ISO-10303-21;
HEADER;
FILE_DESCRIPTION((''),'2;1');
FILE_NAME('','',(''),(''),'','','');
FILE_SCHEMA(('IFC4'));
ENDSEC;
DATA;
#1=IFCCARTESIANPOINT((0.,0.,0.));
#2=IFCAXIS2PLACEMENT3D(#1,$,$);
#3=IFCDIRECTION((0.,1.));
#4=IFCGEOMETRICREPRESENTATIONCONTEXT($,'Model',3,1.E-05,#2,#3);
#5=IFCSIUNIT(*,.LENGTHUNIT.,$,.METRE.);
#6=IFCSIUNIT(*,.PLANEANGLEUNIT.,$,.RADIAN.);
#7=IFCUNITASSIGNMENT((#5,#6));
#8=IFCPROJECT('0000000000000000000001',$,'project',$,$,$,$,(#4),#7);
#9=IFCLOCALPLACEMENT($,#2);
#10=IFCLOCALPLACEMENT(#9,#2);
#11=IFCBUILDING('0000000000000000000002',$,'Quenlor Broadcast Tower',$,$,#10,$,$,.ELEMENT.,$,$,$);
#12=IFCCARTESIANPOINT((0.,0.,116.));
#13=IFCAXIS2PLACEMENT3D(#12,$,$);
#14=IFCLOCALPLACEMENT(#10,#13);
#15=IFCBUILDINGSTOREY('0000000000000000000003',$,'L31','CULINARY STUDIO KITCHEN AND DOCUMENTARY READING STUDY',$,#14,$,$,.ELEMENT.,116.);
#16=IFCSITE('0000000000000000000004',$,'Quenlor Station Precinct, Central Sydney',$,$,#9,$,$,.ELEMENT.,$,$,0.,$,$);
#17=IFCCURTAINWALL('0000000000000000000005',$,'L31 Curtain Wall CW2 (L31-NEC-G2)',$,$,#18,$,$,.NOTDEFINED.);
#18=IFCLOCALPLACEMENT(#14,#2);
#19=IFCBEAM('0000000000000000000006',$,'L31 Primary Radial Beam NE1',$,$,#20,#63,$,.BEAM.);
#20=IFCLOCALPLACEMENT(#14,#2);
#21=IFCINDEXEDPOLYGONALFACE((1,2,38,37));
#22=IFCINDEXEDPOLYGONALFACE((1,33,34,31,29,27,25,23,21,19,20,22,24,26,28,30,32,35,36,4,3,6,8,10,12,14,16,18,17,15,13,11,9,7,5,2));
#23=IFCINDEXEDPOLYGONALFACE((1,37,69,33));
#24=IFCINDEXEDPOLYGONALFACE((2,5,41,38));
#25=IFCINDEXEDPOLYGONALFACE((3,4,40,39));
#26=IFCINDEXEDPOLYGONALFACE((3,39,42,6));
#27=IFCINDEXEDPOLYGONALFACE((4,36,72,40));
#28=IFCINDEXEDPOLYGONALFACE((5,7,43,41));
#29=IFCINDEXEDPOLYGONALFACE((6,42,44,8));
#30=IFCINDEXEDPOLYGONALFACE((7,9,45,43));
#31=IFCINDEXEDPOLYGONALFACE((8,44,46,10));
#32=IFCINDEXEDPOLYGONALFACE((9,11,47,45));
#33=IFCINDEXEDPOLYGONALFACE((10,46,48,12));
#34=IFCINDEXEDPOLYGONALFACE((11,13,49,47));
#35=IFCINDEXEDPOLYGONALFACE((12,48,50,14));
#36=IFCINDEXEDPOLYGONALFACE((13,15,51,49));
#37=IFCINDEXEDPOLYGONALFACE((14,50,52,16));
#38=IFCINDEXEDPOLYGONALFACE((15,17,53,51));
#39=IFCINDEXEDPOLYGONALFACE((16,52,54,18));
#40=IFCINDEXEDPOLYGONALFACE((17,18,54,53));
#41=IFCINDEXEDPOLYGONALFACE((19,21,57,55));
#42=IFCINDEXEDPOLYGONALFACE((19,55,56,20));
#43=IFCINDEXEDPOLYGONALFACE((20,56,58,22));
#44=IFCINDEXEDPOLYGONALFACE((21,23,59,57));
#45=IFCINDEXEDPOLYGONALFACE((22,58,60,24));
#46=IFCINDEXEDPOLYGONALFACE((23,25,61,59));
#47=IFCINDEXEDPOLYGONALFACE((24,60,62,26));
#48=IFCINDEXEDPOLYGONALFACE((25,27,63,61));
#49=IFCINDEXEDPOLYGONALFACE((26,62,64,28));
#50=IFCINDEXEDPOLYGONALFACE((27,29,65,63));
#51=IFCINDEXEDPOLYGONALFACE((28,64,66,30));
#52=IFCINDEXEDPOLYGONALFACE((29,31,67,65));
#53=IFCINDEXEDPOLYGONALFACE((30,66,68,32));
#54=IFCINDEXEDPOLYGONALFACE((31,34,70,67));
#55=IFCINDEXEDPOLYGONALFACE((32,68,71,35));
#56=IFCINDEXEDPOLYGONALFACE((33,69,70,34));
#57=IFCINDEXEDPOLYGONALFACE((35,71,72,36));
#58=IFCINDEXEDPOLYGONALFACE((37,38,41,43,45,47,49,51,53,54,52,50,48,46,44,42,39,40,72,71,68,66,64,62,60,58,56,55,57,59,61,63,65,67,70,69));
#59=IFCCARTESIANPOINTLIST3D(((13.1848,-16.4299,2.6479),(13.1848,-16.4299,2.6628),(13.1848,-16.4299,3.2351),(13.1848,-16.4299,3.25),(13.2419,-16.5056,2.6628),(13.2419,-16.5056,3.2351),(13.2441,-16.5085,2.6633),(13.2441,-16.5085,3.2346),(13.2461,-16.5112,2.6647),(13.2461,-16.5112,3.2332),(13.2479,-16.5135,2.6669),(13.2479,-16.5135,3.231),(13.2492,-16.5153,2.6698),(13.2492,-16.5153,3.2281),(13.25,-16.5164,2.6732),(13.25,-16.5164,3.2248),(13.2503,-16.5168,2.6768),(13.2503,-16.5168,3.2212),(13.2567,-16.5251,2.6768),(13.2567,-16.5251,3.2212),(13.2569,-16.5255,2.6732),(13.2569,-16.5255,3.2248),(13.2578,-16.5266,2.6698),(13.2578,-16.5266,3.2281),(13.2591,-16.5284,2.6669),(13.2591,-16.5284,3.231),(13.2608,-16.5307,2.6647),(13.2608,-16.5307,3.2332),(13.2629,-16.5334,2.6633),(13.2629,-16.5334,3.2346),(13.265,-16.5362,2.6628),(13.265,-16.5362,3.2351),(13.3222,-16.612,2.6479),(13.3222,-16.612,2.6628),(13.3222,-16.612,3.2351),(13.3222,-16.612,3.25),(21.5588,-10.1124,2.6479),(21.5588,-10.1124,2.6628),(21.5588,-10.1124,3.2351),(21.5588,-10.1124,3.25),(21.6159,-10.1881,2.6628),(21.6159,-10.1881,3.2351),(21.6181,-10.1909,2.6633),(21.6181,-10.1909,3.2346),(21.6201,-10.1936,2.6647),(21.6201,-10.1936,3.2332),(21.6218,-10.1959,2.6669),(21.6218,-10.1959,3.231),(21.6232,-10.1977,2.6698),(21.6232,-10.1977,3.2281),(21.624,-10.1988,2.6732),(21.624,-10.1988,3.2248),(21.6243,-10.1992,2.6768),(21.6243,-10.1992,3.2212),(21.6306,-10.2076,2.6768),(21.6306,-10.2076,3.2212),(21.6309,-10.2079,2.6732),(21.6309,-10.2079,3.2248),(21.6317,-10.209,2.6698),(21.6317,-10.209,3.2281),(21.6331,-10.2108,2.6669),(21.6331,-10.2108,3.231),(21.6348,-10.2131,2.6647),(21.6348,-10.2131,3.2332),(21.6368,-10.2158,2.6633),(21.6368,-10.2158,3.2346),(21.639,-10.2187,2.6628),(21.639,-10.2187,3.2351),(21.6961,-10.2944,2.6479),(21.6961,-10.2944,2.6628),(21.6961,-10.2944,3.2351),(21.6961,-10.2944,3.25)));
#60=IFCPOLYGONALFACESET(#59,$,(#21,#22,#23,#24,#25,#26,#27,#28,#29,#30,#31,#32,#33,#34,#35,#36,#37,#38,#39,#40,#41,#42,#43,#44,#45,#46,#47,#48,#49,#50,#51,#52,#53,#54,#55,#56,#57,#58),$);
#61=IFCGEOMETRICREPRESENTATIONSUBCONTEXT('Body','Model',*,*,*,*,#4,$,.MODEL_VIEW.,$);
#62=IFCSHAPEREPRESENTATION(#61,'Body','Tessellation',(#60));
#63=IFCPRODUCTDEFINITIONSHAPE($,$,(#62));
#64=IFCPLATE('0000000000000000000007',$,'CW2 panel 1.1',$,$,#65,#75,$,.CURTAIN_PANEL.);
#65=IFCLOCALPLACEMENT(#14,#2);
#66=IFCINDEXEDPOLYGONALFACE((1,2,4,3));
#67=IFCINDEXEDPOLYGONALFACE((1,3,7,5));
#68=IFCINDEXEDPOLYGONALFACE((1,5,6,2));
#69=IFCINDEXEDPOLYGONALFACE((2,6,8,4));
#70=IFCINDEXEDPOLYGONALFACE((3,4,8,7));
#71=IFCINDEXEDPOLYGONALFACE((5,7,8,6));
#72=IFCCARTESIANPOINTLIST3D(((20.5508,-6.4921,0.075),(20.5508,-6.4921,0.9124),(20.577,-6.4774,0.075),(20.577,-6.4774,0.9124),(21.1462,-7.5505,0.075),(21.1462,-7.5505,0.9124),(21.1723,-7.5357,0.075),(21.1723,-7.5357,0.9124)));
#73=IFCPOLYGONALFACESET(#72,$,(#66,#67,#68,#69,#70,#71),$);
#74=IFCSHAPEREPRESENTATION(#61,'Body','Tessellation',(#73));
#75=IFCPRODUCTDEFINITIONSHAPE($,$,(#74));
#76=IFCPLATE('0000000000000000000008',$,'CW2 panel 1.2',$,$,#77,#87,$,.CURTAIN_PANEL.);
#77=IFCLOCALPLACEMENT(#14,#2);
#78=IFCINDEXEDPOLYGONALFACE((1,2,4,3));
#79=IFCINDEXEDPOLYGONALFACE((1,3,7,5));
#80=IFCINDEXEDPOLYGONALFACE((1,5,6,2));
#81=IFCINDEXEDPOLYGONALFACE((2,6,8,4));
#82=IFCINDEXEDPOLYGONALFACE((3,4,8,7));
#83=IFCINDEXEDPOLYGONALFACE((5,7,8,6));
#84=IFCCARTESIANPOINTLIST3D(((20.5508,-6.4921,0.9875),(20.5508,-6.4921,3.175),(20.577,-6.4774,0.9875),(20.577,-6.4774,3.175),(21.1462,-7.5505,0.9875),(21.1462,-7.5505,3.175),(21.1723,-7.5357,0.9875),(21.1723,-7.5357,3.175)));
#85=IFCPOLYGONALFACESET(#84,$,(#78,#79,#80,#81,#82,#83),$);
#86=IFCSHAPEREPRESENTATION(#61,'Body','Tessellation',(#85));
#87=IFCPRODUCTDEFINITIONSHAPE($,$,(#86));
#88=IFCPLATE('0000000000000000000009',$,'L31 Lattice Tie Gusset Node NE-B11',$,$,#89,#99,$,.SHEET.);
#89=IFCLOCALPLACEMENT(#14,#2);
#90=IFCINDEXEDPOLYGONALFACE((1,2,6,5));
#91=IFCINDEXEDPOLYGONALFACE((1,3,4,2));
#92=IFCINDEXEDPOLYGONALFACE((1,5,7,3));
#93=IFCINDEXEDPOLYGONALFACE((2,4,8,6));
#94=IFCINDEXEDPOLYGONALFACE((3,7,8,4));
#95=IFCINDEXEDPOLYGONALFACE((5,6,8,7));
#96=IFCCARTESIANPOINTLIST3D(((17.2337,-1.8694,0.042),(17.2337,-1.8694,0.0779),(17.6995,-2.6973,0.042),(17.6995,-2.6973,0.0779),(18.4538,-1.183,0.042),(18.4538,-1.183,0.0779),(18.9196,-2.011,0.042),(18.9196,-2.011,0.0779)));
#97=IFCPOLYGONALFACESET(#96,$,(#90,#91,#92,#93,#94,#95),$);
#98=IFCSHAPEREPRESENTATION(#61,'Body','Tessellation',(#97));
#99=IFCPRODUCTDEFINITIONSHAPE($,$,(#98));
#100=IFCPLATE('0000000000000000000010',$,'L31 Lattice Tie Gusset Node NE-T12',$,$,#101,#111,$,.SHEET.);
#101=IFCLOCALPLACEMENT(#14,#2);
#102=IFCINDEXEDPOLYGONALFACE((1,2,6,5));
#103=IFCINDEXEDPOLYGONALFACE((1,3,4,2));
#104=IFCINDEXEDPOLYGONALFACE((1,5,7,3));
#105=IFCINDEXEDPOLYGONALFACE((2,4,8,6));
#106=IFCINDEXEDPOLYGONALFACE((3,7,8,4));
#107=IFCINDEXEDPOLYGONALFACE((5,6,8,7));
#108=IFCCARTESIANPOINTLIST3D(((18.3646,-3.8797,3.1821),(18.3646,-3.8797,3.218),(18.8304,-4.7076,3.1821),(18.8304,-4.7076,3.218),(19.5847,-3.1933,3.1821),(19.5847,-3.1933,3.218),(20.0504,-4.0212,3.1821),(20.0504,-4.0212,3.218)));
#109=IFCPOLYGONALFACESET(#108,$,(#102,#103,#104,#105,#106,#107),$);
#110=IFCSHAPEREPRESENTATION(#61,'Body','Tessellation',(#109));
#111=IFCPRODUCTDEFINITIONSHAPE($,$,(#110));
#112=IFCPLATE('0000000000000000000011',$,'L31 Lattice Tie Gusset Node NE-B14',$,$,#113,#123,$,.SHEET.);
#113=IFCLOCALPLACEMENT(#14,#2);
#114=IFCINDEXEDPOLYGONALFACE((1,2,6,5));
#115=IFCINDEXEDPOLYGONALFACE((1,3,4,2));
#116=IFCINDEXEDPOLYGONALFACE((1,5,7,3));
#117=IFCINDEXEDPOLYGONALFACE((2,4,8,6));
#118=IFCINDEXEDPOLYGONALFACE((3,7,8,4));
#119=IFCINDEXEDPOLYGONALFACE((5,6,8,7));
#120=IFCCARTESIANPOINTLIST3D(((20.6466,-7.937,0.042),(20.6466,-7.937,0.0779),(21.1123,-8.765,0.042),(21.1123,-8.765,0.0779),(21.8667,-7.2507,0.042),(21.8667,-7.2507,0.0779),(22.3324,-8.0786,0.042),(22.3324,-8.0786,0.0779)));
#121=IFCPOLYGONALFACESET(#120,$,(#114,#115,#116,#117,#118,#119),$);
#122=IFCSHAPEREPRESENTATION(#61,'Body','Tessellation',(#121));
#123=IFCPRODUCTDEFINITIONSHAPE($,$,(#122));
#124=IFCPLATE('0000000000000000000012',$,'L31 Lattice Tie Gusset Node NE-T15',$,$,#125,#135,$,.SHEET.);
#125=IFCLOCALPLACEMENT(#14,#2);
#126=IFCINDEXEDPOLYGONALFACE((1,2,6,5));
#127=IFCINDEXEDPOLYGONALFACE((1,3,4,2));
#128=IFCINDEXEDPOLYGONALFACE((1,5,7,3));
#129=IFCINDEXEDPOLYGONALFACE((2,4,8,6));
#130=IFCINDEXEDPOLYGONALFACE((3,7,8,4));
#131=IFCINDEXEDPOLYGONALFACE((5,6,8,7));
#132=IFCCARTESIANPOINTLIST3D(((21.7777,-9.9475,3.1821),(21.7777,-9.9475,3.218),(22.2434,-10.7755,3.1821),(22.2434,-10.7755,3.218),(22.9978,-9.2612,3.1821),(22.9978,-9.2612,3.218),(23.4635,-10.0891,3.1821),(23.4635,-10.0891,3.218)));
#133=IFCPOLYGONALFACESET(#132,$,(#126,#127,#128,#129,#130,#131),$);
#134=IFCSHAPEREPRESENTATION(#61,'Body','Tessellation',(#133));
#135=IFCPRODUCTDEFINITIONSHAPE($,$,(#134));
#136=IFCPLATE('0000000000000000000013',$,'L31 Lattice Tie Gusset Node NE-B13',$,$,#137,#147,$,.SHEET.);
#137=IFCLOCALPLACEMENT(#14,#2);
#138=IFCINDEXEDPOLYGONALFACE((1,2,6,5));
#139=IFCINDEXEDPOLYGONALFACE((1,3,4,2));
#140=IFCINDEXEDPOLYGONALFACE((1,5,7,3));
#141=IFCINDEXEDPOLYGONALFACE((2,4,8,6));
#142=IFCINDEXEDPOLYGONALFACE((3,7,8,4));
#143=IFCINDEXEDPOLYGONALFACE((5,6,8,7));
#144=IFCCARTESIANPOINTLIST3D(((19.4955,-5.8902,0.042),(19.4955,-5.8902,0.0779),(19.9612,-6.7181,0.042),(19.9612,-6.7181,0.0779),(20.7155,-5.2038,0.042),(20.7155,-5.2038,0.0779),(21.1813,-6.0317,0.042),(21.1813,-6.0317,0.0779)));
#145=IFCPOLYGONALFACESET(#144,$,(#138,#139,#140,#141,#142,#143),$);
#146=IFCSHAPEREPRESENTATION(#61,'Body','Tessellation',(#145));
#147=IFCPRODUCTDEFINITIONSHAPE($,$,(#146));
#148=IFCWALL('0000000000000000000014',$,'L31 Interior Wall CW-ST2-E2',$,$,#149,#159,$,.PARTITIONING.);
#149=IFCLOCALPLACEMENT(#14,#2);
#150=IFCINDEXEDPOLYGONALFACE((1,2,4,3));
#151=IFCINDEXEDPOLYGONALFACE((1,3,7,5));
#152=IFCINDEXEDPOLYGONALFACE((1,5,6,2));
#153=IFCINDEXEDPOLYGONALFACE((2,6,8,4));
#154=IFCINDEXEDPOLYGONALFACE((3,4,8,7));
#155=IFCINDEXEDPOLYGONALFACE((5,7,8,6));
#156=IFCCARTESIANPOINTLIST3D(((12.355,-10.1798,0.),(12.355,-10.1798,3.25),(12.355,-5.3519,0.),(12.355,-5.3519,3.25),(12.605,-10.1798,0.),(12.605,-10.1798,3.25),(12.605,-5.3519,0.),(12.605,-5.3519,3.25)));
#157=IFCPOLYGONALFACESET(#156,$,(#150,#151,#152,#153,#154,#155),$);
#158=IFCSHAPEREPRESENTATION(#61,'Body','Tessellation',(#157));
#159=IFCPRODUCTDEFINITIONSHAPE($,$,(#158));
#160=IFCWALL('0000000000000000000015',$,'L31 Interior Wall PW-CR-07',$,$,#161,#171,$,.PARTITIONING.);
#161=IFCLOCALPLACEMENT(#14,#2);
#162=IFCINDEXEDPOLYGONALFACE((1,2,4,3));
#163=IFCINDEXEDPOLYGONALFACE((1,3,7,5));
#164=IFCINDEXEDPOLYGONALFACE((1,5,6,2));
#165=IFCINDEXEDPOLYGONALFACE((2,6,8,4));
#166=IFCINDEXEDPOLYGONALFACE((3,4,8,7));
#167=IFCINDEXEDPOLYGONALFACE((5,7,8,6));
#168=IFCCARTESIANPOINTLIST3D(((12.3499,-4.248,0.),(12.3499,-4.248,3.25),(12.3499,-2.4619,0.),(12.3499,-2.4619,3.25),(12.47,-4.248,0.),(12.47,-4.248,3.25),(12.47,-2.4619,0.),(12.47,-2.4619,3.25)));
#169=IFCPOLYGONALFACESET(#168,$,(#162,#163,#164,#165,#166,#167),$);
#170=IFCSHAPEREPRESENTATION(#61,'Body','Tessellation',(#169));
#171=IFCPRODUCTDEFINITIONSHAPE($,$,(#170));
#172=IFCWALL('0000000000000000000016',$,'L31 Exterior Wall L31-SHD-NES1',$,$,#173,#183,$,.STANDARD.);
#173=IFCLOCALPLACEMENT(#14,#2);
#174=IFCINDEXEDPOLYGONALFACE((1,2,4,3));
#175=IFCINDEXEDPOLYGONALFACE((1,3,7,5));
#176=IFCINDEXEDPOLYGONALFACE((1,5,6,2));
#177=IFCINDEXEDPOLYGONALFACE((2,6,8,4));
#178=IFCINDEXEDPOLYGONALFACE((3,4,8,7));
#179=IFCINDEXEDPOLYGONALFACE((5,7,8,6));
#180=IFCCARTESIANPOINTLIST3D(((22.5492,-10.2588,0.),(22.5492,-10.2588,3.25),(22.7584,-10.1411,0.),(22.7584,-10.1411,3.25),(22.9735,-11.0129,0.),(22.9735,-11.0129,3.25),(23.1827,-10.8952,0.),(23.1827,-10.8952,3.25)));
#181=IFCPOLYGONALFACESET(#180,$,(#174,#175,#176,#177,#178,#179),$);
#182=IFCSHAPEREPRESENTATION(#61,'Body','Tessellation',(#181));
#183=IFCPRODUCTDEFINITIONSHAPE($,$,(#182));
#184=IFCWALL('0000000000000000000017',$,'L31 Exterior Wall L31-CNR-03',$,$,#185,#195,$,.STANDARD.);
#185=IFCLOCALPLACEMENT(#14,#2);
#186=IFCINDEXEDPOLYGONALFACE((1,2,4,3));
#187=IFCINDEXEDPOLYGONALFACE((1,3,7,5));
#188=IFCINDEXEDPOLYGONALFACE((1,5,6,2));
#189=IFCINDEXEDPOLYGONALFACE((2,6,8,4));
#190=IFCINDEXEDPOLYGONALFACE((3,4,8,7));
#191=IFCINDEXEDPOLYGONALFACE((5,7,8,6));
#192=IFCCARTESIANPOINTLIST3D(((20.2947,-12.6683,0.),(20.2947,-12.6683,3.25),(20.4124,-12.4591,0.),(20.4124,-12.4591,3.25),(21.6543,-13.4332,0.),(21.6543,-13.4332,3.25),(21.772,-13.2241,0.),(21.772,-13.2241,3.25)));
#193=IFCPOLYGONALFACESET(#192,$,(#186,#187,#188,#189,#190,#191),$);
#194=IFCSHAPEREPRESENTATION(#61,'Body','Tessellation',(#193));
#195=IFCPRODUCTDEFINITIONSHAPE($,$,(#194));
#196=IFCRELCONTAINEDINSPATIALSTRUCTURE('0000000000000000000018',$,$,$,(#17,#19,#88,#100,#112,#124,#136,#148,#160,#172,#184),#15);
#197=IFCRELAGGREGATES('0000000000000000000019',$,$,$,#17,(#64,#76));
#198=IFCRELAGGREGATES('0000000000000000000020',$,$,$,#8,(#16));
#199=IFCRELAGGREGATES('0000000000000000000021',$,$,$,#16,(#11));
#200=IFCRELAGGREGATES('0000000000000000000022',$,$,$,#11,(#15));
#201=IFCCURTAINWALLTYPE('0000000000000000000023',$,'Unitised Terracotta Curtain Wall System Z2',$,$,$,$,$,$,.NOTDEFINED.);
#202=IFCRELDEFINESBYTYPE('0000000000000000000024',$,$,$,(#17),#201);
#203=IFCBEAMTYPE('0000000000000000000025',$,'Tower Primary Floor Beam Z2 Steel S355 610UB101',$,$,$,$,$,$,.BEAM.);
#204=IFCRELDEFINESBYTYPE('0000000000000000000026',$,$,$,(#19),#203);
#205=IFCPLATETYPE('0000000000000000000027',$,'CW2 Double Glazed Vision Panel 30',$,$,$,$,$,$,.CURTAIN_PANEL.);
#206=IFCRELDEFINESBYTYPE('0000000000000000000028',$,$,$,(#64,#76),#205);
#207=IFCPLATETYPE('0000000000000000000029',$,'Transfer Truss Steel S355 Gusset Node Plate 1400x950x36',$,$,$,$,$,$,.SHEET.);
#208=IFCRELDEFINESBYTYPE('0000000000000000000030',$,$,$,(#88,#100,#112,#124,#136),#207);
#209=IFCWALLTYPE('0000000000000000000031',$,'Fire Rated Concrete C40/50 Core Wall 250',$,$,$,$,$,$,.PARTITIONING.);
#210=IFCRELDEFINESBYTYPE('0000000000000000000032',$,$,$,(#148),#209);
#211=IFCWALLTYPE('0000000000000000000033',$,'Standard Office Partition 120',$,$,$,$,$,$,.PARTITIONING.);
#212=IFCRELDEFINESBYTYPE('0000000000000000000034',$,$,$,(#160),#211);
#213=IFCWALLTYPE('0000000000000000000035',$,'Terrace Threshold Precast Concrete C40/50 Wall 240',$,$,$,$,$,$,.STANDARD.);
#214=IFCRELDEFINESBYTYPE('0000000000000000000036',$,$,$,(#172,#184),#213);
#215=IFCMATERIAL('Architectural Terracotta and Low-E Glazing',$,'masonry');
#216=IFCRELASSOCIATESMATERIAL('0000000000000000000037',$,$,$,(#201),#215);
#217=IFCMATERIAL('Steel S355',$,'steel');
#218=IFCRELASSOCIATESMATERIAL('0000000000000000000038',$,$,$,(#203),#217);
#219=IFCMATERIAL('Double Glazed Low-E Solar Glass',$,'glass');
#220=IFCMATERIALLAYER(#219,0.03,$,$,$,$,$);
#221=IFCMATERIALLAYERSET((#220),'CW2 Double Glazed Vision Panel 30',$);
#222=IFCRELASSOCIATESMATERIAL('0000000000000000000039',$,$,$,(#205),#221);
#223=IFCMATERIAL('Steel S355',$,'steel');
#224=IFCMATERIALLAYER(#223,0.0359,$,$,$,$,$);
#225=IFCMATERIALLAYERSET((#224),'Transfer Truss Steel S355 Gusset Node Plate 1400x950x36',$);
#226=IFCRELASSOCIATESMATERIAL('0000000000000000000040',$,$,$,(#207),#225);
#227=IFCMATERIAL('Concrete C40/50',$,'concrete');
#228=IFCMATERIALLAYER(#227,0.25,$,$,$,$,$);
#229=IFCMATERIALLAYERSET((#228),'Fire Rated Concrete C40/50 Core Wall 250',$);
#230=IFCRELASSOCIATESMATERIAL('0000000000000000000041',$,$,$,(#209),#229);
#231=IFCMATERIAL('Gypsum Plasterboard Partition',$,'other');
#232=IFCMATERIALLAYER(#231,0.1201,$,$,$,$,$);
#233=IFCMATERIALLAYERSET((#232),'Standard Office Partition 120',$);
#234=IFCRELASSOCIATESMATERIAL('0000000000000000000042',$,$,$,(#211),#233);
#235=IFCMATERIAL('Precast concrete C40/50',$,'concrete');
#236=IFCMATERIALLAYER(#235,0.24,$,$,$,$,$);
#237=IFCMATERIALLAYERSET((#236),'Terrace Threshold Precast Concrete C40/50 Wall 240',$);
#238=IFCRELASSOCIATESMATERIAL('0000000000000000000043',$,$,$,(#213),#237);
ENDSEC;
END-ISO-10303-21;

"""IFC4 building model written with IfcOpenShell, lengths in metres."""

from ifc_helpers import new_model, si_unit, direction, frame, frame_2d, origin, origin_2d, place, context, subcontext, project, spatial, rectangle, i_section, extrude, material, layer, layer_set, material_profile, profile_set, type_object, element, aggregate, save


model = new_model("IFC4")

# Units and contexts
model_context = context("Model", 3, precision=1e-05, world=origin(), true_north=direction((0.0, 1.0)))
body_context = subcontext(model_context, "Body", "Model", "MODEL_VIEW")
ifc_project = project(units=[si_unit("LENGTHUNIT", "METRE"), si_unit("PLANEANGLEUNIT", "RADIAN")], contexts=[model_context])

# Site, building, storey
site_placement = place(None, origin())
site = spatial("IfcSite", under=ifc_project, at=site_placement, Name="Quenlor Station Precinct, Central Sydney", CompositionType="ELEMENT", RefElevation=0.0)
building_placement = place(site_placement, origin())
building = spatial("IfcBuilding", under=site, at=building_placement, Name="Quenlor Broadcast Tower", CompositionType="ELEMENT")
storey_placement = place(building_placement, frame((0.0, 0.0, 116.0)))
storey = spatial("IfcBuildingStorey", under=building, at=storey_placement, Name="L31", Description="CULINARY STUDIO KITCHEN AND DOCUMENTARY READING STUDY", CompositionType="ELEMENT", Elevation=116.0)

# Curtain wall
ifc_material_1 = material(Name="Architectural Terracotta and Low-E Glazing", Category="masonry")
curtain_wall_type = type_object("IfcCurtainWallType", Name="Unitised Terracotta Curtain Wall System Z2", PredefinedType="NOTDEFINED", material=ifc_material_1)
curtain_wall_placement = place(storey_placement, origin())
curtain_wall = element("IfcCurtainWall", 1, at=curtain_wall_placement, inside=storey, type_object=curtain_wall_type, Name="L31 Curtain Wall CW2 (L31-NEC-G2)", PredefinedType="NOTDEFINED")

# Beam
ifc_material_2 = material(Name="Steel S355", Category="steel")
ifc_material_profile_1 = material_profile(ifc_material_2, i_section(OverallWidth=0.228, OverallDepth=0.6021, WebThickness=0.0105, FlangeThickness=0.0149, FilletRadius=0.0139, at=origin_2d()))
ifc_profile_set_1 = profile_set([ifc_material_profile_1], Name="Steel S355 610UB101")
beam_type_1 = type_object("IfcBeamType", Name="Tower Primary Floor Beam Z2 Steel S355 610UB101", PredefinedType="BEAM", material=ifc_profile_set_1)
beam_1_placement = place(storey_placement, frame((21.6274, -10.2034, 2.949), z_axis=(-0.798299, -0.602262, 0.0), x_axis=(0.602262, -0.798299, 0.0)))
element("IfcBeam", 2, at=beam_1_placement, inside=storey, type_object=beam_type_1, Name="L31 Primary Radial Beam NE1", PredefinedType="BEAM", context=body_context, shape_type="SweptSolid", body=[
    extrude(i_section(OverallWidth=0.228, OverallDepth=0.6021, WebThickness=0.0105, FlangeThickness=0.0149, FilletRadius=0.0139, at=origin_2d()), origin(), (0.0, 0.0, 1.0), 10.4897),
])

# Plates
ifc_material_3 = material(Name="Double Glazed Low-E Solar Glass", Category="glass")
ifc_layer_1 = layer(ifc_material_3, 0.03)
ifc_layer_set_1 = layer_set([ifc_layer_1], Name="CW2 Double Glazed Vision Panel 30")
plate_type_1 = type_object("IfcPlateType", Name="CW2 Double Glazed Vision Panel 30", PredefinedType="CURTAIN_PANEL", material=ifc_layer_set_1)
plate_1_placement = place(storey_placement, frame((20.8616, -7.0139, 0.075), z_axis=(0.0, 0.0, 1.0), x_axis=(0.490279, -0.871566, 0.0)))
plate_1 = element("IfcPlate", 3, at=plate_1_placement, type_object=plate_type_1, Name="CW2 panel 1.1", PredefinedType="CURTAIN_PANEL", context=body_context, shape_type="SweptSolid", body=[
    extrude(rectangle(XDim=1.2144, YDim=0.03, at=origin_2d()), origin(), (0.0, 0.0, 1.0), 0.8374),
])
plate_2_placement = place(storey_placement, frame((20.8616, -7.0139, 0.9875), z_axis=(0.0, 0.0, 1.0), x_axis=(0.490279, -0.871566, 0.0)))
plate_2 = element("IfcPlate", 4, at=plate_2_placement, type_object=plate_type_1, Name="CW2 panel 1.2", PredefinedType="CURTAIN_PANEL", context=body_context, shape_type="SweptSolid", body=[
    extrude(rectangle(XDim=1.2144, YDim=0.03, at=origin_2d()), origin(), (0.0, 0.0, 1.0), 2.1875),
])
aggregate(curtain_wall, [plate_1, plate_2])

# Plates
ifc_material_4 = material(Name="Steel S355", Category="steel")
ifc_layer_2 = layer(ifc_material_4, 0.0359)
ifc_layer_set_2 = layer_set([ifc_layer_2], Name="Transfer Truss Steel S355 Gusset Node Plate 1400x950x36")
plate_type_2 = type_object("IfcPlateType", Name="Transfer Truss Steel S355 Gusset Node Plate 1400x950x36", PredefinedType="SHEET", material=ifc_layer_set_2)
for number, where, z_axis, x_axis, name in (
    (5, (18.0767, -1.9402, 0.042), (0.0, 0.0, 1.0), (0.871556, 0.490295, 0.0), "L31 Lattice Tie Gusset Node NE-B11"),
    (6, (19.2075, -3.9504, 3.1821), (0.0, 0.0, 1.0), (0.871556, 0.490295, 0.0), "L31 Lattice Tie Gusset Node NE-T12"),
    (7, (21.4895, -8.0078, 0.042), (0.0, 0.0, 1.0), (0.871556, 0.490295, 0.0), "L31 Lattice Tie Gusset Node NE-B14"),
    (8, (22.6206, -10.0183, 3.1821), (0.0, 0.0, 1.0), (0.871556, 0.490295, 0.0), "L31 Lattice Tie Gusset Node NE-T15"),
    (9, (20.3384, -5.9609, 0.042), (0.0, 0.0, 1.0), (0.871556, 0.490295, 0.0), "L31 Lattice Tie Gusset Node NE-B13"),
):
    element("IfcPlate", number, at=place(storey_placement, frame(where, z_axis=z_axis, x_axis=x_axis)), inside=storey, type_object=plate_type_2, Name=name, PredefinedType="SHEET", context=body_context, shape_type="SweptSolid", body=[
        extrude(rectangle(XDim=1.3999, YDim=0.95, at=origin_2d()), origin(), (0.0, 0.0, 1.0), 0.0359),
    ])

# Walls
ifc_material_5 = material(Name="Concrete C40/50", Category="concrete")
ifc_layer_3 = layer(ifc_material_5, 0.25)
ifc_layer_set_3 = layer_set([ifc_layer_3], Name="Fire Rated Concrete C40/50 Core Wall 250")
wall_type_1 = type_object("IfcWallType", Name="Fire Rated Concrete C40/50 Core Wall 250", PredefinedType="PARTITIONING", material=ifc_layer_set_3)
wall_1_placement = place(storey_placement, frame((12.48, -10.1799, 0.0), z_axis=(0.0, 0.0, 1.0), x_axis=(0.0, 1.0, 0.0)))
element("IfcWall", 10, at=wall_1_placement, inside=storey, type_object=wall_type_1, Name="L31 Interior Wall CW-ST2-E2", PredefinedType="PARTITIONING", context=body_context, shape_type="SweptSolid", body=[
    extrude(rectangle(XDim=4.8279, YDim=0.25, at=frame_2d((2.4141, 0.0))), origin(), (0.0, 0.0, 1.0), 3.25),
])
ifc_material_6 = material(Name="Gypsum Plasterboard Partition", Category="other")
ifc_layer_4 = layer(ifc_material_6, 0.1201)
ifc_layer_set_4 = layer_set([ifc_layer_4], Name="Standard Office Partition 120")
wall_type_2 = type_object("IfcWallType", Name="Standard Office Partition 120", PredefinedType="PARTITIONING", material=ifc_layer_set_4)
wall_2_placement = place(storey_placement, frame((12.4099, -2.4619, 0.0), z_axis=(0.0, 0.0, 1.0), x_axis=(0.0, -1.0, 0.0)))
element("IfcWall", 11, at=wall_2_placement, inside=storey, type_object=wall_type_2, Name="L31 Interior Wall PW-CR-07", PredefinedType="PARTITIONING", context=body_context, shape_type="SweptSolid", body=[
    extrude(rectangle(XDim=1.7861, YDim=0.1201, at=frame_2d((0.8931, 0.0))), origin(), (0.0, 0.0, 1.0), 3.25),
])
ifc_material_7 = material(Name="Precast concrete C40/50", Category="concrete")
ifc_layer_5 = layer(ifc_material_7, 0.24)
ifc_layer_set_5 = layer_set([ifc_layer_5], Name="Terrace Threshold Precast Concrete C40/50 Wall 240")
wall_type_3 = type_object("IfcWallType", Name="Terrace Threshold Precast Concrete C40/50 Wall 240", PredefinedType="STANDARD", material=ifc_layer_set_5)
wall_3_placement = place(storey_placement, frame((22.6538, -10.2, 0.0), z_axis=(0.0, 0.0, 1.0), x_axis=(0.490355, -0.871523, 0.0)))
element("IfcWall", 12, at=wall_3_placement, inside=storey, type_object=wall_type_3, Name="L31 Exterior Wall L31-SHD-NES1", PredefinedType="STANDARD", context=body_context, shape_type="SweptSolid", body=[
    extrude(rectangle(XDim=0.8652, YDim=0.24, at=frame_2d((0.4326, 0.0))), origin(), (0.0, 0.0, 1.0), 3.25),
])
wall_4_placement = place(storey_placement, frame((20.3535, -12.5637, 0.0), z_axis=(0.0, 0.0, 1.0), x_axis=(0.871546, -0.490313, 0.0)))
element("IfcWall", 13, at=wall_4_placement, inside=storey, type_object=wall_type_3, Name="L31 Exterior Wall L31-CNR-03", PredefinedType="STANDARD", context=body_context, shape_type="SweptSolid", body=[
    extrude(rectangle(XDim=1.5601, YDim=0.24, at=frame_2d((0.78, 0.0))), origin(), (0.0, 0.0, 1.0), 3.25),
])

save(model, "model.ifc")
